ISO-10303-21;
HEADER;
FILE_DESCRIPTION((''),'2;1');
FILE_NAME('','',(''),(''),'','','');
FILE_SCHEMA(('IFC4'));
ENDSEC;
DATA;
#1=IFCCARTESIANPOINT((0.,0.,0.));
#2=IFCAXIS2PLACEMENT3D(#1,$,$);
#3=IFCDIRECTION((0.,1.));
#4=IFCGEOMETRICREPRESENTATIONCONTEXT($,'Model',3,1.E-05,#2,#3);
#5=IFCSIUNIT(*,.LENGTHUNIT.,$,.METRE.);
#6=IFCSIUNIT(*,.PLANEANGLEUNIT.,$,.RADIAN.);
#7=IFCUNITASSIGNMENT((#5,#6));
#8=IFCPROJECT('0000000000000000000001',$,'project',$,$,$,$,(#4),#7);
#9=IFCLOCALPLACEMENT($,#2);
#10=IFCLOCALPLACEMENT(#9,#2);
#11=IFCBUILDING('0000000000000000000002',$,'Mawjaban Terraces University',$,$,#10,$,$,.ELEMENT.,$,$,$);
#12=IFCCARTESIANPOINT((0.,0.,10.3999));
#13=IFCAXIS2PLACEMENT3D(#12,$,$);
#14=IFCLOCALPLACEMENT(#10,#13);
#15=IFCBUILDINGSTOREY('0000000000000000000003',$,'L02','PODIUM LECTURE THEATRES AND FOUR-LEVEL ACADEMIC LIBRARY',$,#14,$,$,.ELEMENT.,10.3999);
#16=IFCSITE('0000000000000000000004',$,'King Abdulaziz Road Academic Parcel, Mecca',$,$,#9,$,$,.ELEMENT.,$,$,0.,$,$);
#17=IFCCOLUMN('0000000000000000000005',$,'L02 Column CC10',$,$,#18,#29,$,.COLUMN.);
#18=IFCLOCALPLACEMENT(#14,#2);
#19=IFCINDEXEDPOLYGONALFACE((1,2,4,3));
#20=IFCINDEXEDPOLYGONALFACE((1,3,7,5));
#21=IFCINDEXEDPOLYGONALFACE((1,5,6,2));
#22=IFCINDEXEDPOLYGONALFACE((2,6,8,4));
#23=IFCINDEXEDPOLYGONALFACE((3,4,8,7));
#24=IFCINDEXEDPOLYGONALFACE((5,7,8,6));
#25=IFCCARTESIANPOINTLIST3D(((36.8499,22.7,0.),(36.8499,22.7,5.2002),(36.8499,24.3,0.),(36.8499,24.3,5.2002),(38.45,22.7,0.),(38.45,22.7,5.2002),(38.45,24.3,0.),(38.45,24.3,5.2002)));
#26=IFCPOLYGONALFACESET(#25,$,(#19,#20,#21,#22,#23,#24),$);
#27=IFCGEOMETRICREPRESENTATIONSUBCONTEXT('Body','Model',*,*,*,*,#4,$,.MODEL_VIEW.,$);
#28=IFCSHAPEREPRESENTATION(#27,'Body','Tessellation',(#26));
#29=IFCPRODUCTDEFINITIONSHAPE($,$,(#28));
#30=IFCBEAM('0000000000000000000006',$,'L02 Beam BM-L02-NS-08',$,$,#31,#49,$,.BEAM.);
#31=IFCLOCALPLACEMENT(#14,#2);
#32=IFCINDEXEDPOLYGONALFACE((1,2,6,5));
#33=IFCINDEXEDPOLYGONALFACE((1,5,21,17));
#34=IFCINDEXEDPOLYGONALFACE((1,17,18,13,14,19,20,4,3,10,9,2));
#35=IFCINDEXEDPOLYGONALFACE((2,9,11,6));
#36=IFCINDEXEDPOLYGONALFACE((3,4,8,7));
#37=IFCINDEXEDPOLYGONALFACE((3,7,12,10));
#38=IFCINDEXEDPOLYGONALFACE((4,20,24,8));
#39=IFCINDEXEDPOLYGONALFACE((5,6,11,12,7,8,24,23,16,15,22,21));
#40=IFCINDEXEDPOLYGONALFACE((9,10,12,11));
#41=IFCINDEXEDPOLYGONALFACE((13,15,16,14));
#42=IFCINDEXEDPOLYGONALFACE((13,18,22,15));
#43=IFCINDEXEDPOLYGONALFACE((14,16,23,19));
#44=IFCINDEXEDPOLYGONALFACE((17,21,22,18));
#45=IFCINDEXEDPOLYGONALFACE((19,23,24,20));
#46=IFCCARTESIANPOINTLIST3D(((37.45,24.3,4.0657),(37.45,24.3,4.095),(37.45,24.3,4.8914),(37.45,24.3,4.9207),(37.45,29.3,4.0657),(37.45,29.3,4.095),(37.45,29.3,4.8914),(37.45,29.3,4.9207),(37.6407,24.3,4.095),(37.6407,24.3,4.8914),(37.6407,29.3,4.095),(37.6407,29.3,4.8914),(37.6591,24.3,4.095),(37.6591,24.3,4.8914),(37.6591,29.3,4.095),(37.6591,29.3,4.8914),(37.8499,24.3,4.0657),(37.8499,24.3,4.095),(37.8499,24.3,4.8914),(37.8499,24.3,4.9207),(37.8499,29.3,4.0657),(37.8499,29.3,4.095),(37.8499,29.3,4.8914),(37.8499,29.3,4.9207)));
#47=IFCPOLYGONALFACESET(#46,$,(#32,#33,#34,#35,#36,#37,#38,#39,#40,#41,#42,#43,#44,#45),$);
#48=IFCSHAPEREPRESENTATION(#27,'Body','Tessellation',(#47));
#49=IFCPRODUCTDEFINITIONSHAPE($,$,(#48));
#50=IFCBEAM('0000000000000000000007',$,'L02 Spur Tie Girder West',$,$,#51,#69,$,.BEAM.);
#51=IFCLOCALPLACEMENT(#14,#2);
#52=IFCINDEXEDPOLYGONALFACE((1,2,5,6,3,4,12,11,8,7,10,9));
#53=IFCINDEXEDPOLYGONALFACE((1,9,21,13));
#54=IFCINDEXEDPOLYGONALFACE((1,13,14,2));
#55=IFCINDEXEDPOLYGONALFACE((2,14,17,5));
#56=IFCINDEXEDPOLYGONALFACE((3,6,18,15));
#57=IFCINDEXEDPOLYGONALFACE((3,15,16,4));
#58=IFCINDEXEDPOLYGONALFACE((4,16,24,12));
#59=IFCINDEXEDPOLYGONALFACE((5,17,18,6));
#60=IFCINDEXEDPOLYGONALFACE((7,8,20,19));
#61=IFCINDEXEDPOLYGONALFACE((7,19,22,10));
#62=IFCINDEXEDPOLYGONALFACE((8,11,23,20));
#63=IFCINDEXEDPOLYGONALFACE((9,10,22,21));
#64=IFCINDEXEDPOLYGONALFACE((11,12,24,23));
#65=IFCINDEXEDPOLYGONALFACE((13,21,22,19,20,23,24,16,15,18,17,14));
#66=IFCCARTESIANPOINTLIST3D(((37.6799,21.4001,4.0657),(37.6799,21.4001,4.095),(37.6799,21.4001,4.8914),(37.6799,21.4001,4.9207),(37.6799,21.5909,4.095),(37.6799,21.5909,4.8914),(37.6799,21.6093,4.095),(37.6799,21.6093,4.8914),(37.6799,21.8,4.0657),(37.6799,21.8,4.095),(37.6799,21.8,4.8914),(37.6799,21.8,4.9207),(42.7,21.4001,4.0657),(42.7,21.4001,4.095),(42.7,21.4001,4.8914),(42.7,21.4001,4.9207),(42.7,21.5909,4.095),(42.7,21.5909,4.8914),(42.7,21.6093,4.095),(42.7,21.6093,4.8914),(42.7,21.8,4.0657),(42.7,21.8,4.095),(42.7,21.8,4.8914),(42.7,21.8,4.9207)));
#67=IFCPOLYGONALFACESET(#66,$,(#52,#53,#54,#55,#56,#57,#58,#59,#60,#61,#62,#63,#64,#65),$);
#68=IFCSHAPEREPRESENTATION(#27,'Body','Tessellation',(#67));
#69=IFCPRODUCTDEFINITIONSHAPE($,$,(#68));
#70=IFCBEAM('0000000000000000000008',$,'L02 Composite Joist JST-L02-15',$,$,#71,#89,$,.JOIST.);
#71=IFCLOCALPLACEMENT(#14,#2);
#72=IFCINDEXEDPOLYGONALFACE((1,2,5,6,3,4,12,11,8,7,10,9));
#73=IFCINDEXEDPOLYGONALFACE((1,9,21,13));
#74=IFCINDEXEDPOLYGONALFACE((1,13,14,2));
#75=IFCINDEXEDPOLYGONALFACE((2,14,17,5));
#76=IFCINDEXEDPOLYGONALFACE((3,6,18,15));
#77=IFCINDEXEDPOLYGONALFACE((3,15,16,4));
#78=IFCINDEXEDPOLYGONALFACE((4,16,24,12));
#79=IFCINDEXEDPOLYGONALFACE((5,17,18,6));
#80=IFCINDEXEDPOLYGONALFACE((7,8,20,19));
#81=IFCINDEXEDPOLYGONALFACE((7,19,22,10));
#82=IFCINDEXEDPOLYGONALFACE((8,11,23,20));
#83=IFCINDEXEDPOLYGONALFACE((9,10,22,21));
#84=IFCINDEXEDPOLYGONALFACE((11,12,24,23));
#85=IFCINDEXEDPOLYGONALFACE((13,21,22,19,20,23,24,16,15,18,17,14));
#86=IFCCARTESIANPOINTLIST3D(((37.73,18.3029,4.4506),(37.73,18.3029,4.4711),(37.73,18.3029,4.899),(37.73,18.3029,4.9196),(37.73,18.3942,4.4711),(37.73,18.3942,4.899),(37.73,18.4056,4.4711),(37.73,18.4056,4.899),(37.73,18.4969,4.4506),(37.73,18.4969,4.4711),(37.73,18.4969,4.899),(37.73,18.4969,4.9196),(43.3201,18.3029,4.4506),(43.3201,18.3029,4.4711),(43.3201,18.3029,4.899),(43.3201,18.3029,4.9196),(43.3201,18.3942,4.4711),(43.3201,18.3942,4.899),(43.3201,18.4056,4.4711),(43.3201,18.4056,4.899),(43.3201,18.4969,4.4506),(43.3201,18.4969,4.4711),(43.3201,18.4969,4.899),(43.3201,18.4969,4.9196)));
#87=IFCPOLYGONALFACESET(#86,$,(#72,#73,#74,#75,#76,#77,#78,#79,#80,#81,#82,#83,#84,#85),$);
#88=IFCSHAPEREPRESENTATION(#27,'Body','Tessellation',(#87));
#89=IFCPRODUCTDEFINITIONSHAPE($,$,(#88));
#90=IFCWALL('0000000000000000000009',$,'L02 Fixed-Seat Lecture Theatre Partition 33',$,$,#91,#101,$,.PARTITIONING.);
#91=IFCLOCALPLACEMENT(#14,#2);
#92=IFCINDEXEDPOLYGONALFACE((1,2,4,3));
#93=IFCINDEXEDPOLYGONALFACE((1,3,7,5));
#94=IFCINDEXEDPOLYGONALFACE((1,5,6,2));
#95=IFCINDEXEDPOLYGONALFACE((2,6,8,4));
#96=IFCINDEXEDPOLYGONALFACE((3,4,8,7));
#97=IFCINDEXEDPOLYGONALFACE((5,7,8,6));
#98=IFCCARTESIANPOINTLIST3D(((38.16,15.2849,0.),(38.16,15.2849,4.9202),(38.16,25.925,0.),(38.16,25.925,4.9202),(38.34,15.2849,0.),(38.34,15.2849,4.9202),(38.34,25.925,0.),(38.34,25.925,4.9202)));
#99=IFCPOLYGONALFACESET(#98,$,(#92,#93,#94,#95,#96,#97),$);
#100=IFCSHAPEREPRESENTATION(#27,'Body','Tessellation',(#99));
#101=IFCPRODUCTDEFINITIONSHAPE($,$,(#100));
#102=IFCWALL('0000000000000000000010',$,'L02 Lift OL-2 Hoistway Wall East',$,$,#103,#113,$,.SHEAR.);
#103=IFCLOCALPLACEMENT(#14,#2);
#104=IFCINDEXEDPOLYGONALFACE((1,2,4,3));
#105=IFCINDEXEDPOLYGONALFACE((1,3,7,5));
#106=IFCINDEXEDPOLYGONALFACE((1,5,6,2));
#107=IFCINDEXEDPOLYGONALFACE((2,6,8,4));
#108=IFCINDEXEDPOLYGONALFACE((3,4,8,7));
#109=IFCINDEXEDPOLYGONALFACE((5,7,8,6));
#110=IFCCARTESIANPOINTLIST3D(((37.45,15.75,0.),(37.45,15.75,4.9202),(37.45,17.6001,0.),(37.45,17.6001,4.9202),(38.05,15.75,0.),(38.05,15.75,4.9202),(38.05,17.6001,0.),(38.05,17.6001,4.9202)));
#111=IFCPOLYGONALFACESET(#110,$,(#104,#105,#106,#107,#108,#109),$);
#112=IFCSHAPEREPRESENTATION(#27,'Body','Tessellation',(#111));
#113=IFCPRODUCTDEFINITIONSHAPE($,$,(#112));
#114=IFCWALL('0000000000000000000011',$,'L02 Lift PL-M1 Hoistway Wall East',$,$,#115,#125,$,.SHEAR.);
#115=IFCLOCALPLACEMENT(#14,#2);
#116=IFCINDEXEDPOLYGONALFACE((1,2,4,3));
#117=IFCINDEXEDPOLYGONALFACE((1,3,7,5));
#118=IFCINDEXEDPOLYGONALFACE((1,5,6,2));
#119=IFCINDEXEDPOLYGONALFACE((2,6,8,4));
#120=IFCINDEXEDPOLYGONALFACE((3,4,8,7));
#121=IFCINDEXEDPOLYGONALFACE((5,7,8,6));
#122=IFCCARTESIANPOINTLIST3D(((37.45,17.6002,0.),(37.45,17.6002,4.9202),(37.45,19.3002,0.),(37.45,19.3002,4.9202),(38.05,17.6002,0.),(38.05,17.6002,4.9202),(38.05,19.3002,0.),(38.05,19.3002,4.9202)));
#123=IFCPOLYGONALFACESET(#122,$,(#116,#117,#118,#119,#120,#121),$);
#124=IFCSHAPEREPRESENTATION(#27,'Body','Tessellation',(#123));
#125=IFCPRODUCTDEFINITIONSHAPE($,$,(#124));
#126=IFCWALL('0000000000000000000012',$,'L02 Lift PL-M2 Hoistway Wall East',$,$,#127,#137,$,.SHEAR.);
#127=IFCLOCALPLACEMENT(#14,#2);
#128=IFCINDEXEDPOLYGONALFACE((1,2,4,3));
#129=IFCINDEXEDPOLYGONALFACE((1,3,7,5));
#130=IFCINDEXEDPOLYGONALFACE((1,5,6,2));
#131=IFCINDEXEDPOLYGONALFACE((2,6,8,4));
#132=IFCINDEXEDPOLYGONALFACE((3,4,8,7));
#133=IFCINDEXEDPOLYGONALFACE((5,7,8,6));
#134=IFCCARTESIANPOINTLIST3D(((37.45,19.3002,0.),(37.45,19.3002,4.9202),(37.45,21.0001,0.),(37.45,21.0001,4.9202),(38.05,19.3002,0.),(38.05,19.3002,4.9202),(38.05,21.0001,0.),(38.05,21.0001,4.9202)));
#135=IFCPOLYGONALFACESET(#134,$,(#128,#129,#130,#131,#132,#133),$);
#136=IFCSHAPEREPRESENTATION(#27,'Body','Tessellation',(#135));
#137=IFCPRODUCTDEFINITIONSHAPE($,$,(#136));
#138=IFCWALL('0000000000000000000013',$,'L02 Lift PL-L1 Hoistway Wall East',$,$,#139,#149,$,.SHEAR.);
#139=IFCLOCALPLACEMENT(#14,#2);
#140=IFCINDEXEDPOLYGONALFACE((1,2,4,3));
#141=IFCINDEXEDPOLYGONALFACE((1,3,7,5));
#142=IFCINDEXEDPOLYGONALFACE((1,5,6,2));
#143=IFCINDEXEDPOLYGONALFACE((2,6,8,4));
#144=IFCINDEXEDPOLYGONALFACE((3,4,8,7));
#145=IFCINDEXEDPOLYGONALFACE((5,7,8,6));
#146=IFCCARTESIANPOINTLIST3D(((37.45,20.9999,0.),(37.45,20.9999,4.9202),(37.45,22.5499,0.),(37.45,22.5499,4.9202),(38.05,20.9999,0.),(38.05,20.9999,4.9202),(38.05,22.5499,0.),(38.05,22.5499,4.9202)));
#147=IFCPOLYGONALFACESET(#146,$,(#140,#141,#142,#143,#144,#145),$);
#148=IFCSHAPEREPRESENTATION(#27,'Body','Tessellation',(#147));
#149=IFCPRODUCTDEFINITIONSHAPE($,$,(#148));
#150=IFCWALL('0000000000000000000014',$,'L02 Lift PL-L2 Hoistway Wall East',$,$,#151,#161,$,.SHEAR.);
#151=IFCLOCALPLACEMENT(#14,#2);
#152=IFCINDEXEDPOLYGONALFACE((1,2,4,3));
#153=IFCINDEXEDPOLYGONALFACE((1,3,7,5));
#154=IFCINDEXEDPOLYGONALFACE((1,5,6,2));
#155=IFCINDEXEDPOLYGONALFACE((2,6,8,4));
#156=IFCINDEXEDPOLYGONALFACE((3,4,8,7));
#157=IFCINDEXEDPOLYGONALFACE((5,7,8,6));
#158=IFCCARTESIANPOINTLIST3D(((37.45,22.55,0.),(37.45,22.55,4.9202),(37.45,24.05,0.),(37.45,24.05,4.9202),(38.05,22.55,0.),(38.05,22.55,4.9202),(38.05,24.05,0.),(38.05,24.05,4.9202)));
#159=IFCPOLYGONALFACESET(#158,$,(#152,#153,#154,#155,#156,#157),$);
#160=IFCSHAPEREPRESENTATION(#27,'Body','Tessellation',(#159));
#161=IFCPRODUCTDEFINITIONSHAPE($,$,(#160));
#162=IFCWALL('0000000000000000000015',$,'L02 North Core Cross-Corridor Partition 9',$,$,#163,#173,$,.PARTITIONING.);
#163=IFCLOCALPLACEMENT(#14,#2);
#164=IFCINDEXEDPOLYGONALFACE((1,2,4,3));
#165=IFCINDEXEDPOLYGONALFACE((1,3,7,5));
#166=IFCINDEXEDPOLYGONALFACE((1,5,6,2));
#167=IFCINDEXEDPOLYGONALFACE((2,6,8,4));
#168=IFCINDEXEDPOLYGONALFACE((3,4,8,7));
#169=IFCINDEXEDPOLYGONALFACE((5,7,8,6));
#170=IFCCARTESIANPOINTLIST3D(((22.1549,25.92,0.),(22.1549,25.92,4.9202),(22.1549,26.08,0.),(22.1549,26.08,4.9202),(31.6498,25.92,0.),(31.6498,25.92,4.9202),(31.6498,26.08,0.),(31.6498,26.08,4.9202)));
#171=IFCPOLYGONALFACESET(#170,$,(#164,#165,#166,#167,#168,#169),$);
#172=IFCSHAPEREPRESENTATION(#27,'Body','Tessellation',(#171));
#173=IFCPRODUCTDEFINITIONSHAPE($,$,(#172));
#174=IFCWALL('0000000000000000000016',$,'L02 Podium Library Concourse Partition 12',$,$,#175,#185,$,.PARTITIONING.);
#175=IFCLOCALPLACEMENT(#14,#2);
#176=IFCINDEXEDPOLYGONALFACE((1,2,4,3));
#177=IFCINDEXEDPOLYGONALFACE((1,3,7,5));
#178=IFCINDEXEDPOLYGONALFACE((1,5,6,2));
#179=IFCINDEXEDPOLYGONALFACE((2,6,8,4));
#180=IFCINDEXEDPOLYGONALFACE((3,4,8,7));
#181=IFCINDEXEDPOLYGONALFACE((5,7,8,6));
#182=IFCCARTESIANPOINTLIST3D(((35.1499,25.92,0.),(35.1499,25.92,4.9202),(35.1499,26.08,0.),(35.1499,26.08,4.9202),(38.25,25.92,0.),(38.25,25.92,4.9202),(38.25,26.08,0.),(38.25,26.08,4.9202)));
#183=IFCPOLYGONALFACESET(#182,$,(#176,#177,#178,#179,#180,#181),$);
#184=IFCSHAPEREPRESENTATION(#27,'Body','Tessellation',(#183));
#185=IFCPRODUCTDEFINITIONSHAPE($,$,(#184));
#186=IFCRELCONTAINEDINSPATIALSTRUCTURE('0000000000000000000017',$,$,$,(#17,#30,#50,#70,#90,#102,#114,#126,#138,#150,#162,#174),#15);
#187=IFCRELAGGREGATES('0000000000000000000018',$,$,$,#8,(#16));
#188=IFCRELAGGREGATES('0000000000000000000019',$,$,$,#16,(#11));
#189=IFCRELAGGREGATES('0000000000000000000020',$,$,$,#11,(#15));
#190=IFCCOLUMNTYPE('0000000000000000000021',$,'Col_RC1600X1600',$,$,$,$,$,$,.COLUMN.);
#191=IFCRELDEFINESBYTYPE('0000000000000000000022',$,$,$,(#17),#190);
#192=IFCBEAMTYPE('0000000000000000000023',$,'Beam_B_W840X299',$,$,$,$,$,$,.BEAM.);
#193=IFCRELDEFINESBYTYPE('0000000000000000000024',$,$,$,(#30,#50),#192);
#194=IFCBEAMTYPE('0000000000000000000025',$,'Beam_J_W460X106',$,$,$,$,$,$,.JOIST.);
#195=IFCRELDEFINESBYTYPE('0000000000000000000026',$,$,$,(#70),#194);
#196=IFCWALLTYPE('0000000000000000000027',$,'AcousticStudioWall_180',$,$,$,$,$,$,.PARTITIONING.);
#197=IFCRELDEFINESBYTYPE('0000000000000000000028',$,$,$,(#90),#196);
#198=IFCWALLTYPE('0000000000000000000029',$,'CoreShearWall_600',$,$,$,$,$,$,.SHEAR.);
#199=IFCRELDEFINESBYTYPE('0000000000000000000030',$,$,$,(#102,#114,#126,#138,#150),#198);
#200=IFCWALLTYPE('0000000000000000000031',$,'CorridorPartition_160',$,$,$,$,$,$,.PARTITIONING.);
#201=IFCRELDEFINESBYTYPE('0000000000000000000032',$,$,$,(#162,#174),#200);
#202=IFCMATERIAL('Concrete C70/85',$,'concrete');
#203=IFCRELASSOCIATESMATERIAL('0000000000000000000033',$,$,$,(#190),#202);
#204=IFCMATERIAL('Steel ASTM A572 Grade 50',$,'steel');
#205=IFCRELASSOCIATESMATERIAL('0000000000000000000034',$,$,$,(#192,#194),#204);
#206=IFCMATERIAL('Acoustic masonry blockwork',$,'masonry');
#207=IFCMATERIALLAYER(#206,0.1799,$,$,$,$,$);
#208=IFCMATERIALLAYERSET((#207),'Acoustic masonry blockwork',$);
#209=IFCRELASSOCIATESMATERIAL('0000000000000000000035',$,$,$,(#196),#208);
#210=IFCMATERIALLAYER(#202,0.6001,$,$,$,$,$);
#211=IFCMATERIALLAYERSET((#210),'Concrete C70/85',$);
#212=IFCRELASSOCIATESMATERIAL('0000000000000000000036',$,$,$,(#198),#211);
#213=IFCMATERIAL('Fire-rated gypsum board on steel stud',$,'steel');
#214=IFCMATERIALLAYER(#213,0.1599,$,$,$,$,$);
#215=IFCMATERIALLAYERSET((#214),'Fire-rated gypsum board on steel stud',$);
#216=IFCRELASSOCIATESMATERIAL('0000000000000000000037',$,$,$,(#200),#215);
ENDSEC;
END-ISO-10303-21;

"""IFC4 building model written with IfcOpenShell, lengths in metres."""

from ifc_helpers import new_model, si_unit, direction, frame, frame_2d, origin, origin_2d, place, context, subcontext, project, spatial, rectangle, i_section, extrude, material, layer, layer_set, material_profile, profile_set, type_object, element, save


model = new_model("IFC4")

# Units and contexts
model_context = context("Model", 3, precision=1e-05, world=origin(), true_north=direction((0.0, 1.0)))
body_context = subcontext(model_context, "Body", "Model", "MODEL_VIEW")
ifc_project = project(units=[si_unit("LENGTHUNIT", "METRE"), si_unit("PLANEANGLEUNIT", "RADIAN")], contexts=[model_context])

# Site, building, storey
site_placement = place(None, origin())
site = spatial("IfcSite", under=ifc_project, at=site_placement, Name="King Abdulaziz Road Academic Parcel, Mecca", CompositionType="ELEMENT", RefElevation=0.0)
building_placement = place(site_placement, origin())
building = spatial("IfcBuilding", under=site, at=building_placement, Name="Mawjaban Terraces University", CompositionType="ELEMENT")
storey_placement = place(building_placement, frame((0.0, 0.0, 10.3999)))
storey = spatial("IfcBuildingStorey", under=building, at=storey_placement, Name="L02", Description="PODIUM LECTURE THEATRES AND FOUR-LEVEL ACADEMIC LIBRARY", CompositionType="ELEMENT", Elevation=10.3999)

# Column
ifc_material_1 = material(Name="Concrete C70/85", Category="concrete")
ifc_material_profile_1 = material_profile(ifc_material_1, rectangle(XDim=1.6001, YDim=1.6001, at=origin_2d()), Name="RC1600X1600")
ifc_profile_set_1 = profile_set([ifc_material_profile_1], Name="Concrete C70/85")
column_type = type_object("IfcColumnType", Name="Col_RC1600X1600", PredefinedType="COLUMN", material=ifc_profile_set_1)
column_placement = place(storey_placement, frame((37.6499, 23.5, 0.0), z_axis=(0.0, 0.0, 1.0), x_axis=(1.0, 0.0, 0.0)))
element("IfcColumn", 1, at=column_placement, inside=storey, type_object=column_type, Name="L02 Column CC10", PredefinedType="COLUMN", context=body_context, shape_type="SweptSolid", body=[
    extrude(rectangle(XDim=1.6001, YDim=1.6001, at=origin_2d()), origin(), (0.0, 0.0, 1.0), 5.2002),
])

# Beams
ifc_material_2 = material(Name="Steel ASTM A572 Grade 50", Category="steel")
ifc_material_profile_2 = material_profile(ifc_material_2, i_section(OverallWidth=0.3999, OverallDepth=0.855, WebThickness=0.0183, FlangeThickness=0.0293, at=origin_2d()), Name="W840X299")
ifc_profile_set_2 = profile_set([ifc_material_profile_2], Name="Steel ASTM A572 Grade 50")
beam_type_1 = type_object("IfcBeamType", Name="Beam_B_W840X299", PredefinedType="BEAM", material=ifc_profile_set_2)
beam_1_placement = place(storey_placement, frame((37.6499, 24.3, 4.4932), z_axis=(0.0, 1.0, 0.0), x_axis=(-1.0, 0.0, 0.0)))
element("IfcBeam", 2, at=beam_1_placement, inside=storey, type_object=beam_type_1, Name="L02 Beam BM-L02-NS-08", PredefinedType="BEAM", context=body_context, shape_type="SweptSolid", body=[
    extrude(i_section(OverallWidth=0.3999, OverallDepth=0.855, WebThickness=0.0183, FlangeThickness=0.0293, at=origin_2d()), origin(), (0.0, 0.0, 1.0), 5.0),
])
beam_2_placement = place(storey_placement, frame((37.6799, 21.6001, 4.4932), z_axis=(1.0, 0.0, 0.0), x_axis=(0.0, 1.0, 0.0)))
element("IfcBeam", 3, at=beam_2_placement, inside=storey, type_object=beam_type_1, Name="L02 Spur Tie Girder West", PredefinedType="BEAM", context=body_context, shape_type="SweptSolid", body=[
    extrude(i_section(OverallWidth=0.3999, OverallDepth=0.855, WebThickness=0.0183, FlangeThickness=0.0293, at=origin_2d()), origin(), (0.0, 0.0, 1.0), 5.02),
])
ifc_material_profile_3 = material_profile(ifc_material_2, i_section(OverallWidth=0.1941, OverallDepth=0.469, WebThickness=0.0115, FlangeThickness=0.0205, at=origin_2d()), Name="W460X106")
ifc_profile_set_3 = profile_set([ifc_material_profile_3], Name="Steel ASTM A572 Grade 50")
beam_type_2 = type_object("IfcBeamType", Name="Beam_J_W460X106", PredefinedType="JOIST", material=ifc_profile_set_3)
beam_3_placement = place(storey_placement, frame((37.73, 18.3999, 4.6851), z_axis=(1.0, 0.0, 0.0), x_axis=(0.0, 1.0, 0.0)))
element("IfcBeam", 4, at=beam_3_placement, inside=storey, type_object=beam_type_2, Name="L02 Composite Joist JST-L02-15", PredefinedType="JOIST", context=body_context, shape_type="SweptSolid", body=[
    extrude(i_section(OverallWidth=0.1941, OverallDepth=0.469, WebThickness=0.0115, FlangeThickness=0.0205, at=origin_2d()), origin(), (0.0, 0.0, 1.0), 5.5901),
])

# Walls
ifc_material_3 = material(Name="Acoustic masonry blockwork", Category="masonry")
ifc_layer_1 = layer(ifc_material_3, 0.1799)
ifc_layer_set_1 = layer_set([ifc_layer_1], Name="Acoustic masonry blockwork")
wall_type_1 = type_object("IfcWallType", Name="AcousticStudioWall_180", PredefinedType="PARTITIONING", material=ifc_layer_set_1)
wall_1_placement = place(storey_placement, frame((38.25, 25.925, 0.0), z_axis=(0.0, 0.0, 1.0), x_axis=(0.0, -1.0, 0.0)))
element("IfcWall", 5, at=wall_1_placement, inside=storey, type_object=wall_type_1, Name="L02 Fixed-Seat Lecture Theatre Partition 33", PredefinedType="PARTITIONING", context=body_context, shape_type="SweptSolid", body=[
    extrude(rectangle(XDim=10.6401, YDim=0.1799, at=frame_2d((5.3201, 0.0))), origin(), (0.0, 0.0, 1.0), 4.9202),
])
ifc_layer_2 = layer(ifc_material_1, 0.6001)
ifc_layer_set_2 = layer_set([ifc_layer_2], Name="Concrete C70/85")
wall_type_2 = type_object("IfcWallType", Name="CoreShearWall_600", PredefinedType="SHEAR", material=ifc_layer_set_2)
wall_2_placement = place(storey_placement, frame((37.75, 15.75, 0.0), z_axis=(0.0, 0.0, 1.0), x_axis=(0.0, 1.0, 0.0)))
element("IfcWall", 6, at=wall_2_placement, inside=storey, type_object=wall_type_2, Name="L02 Lift OL-2 Hoistway Wall East", PredefinedType="SHEAR", context=body_context, shape_type="SweptSolid", body=[
    extrude(rectangle(XDim=1.8501, YDim=0.6001, at=frame_2d((0.925, 0.0))), origin(), (0.0, 0.0, 1.0), 4.9202),
])
for number, where, z_axis, x_axis, name in (
    (7, (37.75, 17.6001, 0.0), (0.0, 0.0, 1.0), (0.0, 1.0, 0.0), "L02 Lift PL-M1 Hoistway Wall East"),
    (8, (37.75, 19.3, 0.0), (0.0, 0.0, 1.0), (0.0, 1.0, 0.0), "L02 Lift PL-M2 Hoistway Wall East"),
):
    element("IfcWall", number, at=place(storey_placement, frame(where, z_axis=z_axis, x_axis=x_axis)), inside=storey, type_object=wall_type_2, Name=name, PredefinedType="SHEAR", context=body_context, shape_type="SweptSolid", body=[
        extrude(rectangle(XDim=1.7, YDim=0.6001, at=frame_2d((0.8501, 0.0))), origin(), (0.0, 0.0, 1.0), 4.9202),
    ])
wall_3_placement = place(storey_placement, frame((37.75, 21.0, 0.0), z_axis=(0.0, 0.0, 1.0), x_axis=(0.0, 1.0, 0.0)))
element("IfcWall", 9, at=wall_3_placement, inside=storey, type_object=wall_type_2, Name="L02 Lift PL-L1 Hoistway Wall East", PredefinedType="SHEAR", context=body_context, shape_type="SweptSolid", body=[
    extrude(rectangle(XDim=1.55, YDim=0.6001, at=frame_2d((0.7749, 0.0))), origin(), (0.0, 0.0, 1.0), 4.9202),
])
wall_4_placement = place(storey_placement, frame((37.75, 22.55, 0.0), z_axis=(0.0, 0.0, 1.0), x_axis=(0.0, 1.0, 0.0)))
element("IfcWall", 10, at=wall_4_placement, inside=storey, type_object=wall_type_2, Name="L02 Lift PL-L2 Hoistway Wall East", PredefinedType="SHEAR", context=body_context, shape_type="SweptSolid", body=[
    extrude(rectangle(XDim=1.5, YDim=0.6001, at=frame_2d((0.75, 0.0))), origin(), (0.0, 0.0, 1.0), 4.9202),
])
ifc_material_4 = material(Name="Fire-rated gypsum board on steel stud", Category="steel")
ifc_layer_3 = layer(ifc_material_4, 0.1599)
ifc_layer_set_3 = layer_set([ifc_layer_3], Name="Fire-rated gypsum board on steel stud")
wall_type_3 = type_object("IfcWallType", Name="CorridorPartition_160", PredefinedType="PARTITIONING", material=ifc_layer_set_3)
wall_5_placement = place(storey_placement, frame((31.6499, 26.0, 0.0), z_axis=(0.0, 0.0, 1.0), x_axis=(-1.0, 0.0, 0.0)))
element("IfcWall", 11, at=wall_5_placement, inside=storey, type_object=wall_type_3, Name="L02 North Core Cross-Corridor Partition 9", PredefinedType="PARTITIONING", context=body_context, shape_type="SweptSolid", body=[
    extrude(rectangle(XDim=9.4949, YDim=0.1599, at=frame_2d((4.7476, 0.0))), origin(), (0.0, 0.0, 1.0), 4.9202),
])
wall_6_placement = place(storey_placement, frame((35.1499, 26.0, 0.0), z_axis=(0.0, 0.0, 1.0), x_axis=(1.0, 0.0, 0.0)))
element("IfcWall", 12, at=wall_6_placement, inside=storey, type_object=wall_type_3, Name="L02 Podium Library Concourse Partition 12", PredefinedType="PARTITIONING", context=body_context, shape_type="SweptSolid", body=[
    extrude(rectangle(XDim=3.1001, YDim=0.1599, at=frame_2d((1.55, 0.0))), origin(), (0.0, 0.0, 1.0), 4.9202),
])

save(model, "model.ifc")
